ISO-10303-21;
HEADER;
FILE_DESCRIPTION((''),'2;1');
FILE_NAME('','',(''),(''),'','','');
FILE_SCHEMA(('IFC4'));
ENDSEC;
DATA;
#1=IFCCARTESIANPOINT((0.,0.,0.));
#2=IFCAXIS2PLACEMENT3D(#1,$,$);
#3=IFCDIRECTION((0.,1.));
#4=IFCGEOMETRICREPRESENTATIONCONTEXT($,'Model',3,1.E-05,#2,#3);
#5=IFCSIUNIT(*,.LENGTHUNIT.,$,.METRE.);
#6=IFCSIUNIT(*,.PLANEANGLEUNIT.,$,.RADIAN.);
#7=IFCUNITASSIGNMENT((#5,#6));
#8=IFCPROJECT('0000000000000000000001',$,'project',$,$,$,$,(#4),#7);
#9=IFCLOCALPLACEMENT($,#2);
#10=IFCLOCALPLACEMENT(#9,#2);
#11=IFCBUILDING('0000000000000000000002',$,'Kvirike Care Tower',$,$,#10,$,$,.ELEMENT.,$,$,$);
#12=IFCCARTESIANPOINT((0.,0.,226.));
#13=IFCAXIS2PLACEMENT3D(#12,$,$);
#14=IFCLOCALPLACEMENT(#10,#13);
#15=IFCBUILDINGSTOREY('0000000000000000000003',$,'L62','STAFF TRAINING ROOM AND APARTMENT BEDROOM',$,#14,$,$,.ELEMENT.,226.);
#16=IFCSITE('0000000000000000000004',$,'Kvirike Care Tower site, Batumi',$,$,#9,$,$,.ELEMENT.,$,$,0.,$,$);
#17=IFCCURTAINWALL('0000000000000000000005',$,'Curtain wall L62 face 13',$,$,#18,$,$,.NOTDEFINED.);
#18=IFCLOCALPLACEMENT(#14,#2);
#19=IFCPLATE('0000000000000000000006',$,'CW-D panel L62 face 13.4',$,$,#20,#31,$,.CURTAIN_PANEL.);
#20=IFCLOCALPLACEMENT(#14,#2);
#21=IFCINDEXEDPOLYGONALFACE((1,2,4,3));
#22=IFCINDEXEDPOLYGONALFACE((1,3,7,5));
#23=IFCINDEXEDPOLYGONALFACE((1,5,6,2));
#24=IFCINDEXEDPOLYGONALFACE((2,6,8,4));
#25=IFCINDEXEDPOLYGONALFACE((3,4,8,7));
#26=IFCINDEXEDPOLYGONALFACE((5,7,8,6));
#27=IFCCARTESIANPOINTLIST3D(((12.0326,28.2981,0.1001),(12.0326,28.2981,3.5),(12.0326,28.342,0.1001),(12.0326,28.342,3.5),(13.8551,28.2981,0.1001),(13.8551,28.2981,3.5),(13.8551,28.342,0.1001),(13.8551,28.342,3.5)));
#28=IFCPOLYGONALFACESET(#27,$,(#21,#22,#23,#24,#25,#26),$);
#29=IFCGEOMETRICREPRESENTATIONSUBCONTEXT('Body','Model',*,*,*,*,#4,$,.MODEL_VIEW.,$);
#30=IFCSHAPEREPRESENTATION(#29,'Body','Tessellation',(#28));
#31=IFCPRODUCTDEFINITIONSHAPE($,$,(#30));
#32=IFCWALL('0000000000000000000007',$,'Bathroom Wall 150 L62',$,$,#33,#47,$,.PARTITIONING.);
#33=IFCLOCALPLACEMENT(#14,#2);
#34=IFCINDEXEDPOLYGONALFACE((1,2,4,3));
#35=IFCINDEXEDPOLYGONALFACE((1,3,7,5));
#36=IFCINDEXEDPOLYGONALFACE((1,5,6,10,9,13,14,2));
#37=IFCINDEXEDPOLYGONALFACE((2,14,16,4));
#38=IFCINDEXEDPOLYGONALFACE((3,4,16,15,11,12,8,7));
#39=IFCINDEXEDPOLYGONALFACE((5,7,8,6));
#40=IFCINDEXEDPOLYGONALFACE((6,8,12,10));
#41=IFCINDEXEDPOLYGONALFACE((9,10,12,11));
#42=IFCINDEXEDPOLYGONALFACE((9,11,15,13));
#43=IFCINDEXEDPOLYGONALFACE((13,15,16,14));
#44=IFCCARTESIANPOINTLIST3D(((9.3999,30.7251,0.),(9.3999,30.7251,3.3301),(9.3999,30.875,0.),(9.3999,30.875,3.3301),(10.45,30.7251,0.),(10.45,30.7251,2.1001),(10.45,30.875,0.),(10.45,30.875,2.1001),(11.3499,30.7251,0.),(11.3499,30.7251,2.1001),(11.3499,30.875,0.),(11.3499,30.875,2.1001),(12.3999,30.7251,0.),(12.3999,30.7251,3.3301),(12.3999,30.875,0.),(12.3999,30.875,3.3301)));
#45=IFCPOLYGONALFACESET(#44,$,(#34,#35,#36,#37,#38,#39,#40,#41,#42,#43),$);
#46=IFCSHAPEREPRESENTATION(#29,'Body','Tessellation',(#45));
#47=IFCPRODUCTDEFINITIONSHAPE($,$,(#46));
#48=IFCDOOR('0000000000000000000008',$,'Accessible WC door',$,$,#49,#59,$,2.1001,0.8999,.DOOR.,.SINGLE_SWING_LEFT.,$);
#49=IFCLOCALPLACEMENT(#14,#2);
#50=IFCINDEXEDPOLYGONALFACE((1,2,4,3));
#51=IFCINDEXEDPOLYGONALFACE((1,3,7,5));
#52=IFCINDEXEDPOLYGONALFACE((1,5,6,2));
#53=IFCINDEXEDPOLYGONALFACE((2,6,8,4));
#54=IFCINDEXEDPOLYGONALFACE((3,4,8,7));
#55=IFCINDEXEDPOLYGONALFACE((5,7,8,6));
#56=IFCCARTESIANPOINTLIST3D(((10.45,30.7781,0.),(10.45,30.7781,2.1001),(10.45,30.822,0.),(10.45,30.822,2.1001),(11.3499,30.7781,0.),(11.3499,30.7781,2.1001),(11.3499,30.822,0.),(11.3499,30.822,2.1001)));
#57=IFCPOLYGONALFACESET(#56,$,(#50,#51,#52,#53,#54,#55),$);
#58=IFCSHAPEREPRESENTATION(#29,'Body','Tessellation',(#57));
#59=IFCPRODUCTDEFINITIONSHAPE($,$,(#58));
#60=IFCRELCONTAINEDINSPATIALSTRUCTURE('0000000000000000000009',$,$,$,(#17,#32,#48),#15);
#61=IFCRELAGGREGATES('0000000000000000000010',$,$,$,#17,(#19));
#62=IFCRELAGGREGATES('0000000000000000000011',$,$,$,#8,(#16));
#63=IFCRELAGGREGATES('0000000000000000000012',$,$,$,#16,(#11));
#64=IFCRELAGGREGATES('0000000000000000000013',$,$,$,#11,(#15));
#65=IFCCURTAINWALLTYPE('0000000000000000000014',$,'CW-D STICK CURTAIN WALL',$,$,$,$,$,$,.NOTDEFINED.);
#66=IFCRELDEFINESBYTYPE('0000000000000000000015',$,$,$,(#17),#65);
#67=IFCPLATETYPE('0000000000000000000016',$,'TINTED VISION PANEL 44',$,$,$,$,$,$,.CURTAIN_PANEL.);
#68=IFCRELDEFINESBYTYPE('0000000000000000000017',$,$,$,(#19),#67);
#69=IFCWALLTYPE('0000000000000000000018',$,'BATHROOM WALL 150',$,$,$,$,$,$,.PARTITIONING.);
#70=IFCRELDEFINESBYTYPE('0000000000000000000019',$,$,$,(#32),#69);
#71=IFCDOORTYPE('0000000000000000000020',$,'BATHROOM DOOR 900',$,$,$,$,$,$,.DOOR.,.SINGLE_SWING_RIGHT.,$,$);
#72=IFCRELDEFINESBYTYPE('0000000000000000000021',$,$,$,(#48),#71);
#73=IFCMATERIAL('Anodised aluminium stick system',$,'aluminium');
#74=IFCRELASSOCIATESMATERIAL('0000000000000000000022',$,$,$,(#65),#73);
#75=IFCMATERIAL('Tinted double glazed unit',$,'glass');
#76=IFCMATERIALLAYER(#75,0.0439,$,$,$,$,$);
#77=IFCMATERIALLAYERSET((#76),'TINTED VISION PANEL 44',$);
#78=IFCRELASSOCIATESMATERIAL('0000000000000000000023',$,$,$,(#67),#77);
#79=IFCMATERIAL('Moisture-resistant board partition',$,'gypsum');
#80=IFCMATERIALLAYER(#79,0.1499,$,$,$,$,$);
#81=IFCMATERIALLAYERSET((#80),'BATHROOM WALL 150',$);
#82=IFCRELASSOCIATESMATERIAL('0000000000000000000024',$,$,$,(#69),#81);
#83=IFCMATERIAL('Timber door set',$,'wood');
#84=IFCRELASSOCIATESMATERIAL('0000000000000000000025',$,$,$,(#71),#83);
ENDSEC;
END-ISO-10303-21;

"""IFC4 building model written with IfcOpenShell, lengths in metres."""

from ifc_helpers import new_model, si_unit, direction, frame, frame_2d, origin, origin_2d, place, context, subcontext, project, spatial, rectangle, extrude, material, layer, layer_set, type_object, element, fill, aggregate, save


model = new_model("IFC4")

# Units and contexts
model_context = context("Model", 3, precision=1e-05, world=origin(), true_north=direction((0.0, 1.0)))
body_context = subcontext(model_context, "Body", "Model", "MODEL_VIEW")
ifc_project = project(units=[si_unit("LENGTHUNIT", "METRE"), si_unit("PLANEANGLEUNIT", "RADIAN")], contexts=[model_context])

# Site, building, storey
site_placement = place(None, origin())
site = spatial("IfcSite", under=ifc_project, at=site_placement, Name="Kvirike Care Tower site, Batumi", CompositionType="ELEMENT", RefElevation=0.0)
building_placement = place(site_placement, origin())
building = spatial("IfcBuilding", under=site, at=building_placement, Name="Kvirike Care Tower", CompositionType="ELEMENT")
storey_placement = place(building_placement, frame((0.0, 0.0, 226.0)))
storey = spatial("IfcBuildingStorey", under=building, at=storey_placement, Name="L62", Description="STAFF TRAINING ROOM AND APARTMENT BEDROOM", CompositionType="ELEMENT", Elevation=226.0)

# Curtain wall
ifc_material_1 = material(Name="Anodised aluminium stick system", Category="aluminium")
curtain_wall_type = type_object("IfcCurtainWallType", Name="CW-D STICK CURTAIN WALL", PredefinedType="NOTDEFINED", material=ifc_material_1)
curtain_wall_1_placement = place(storey_placement, origin())
curtain_wall_1 = element("IfcCurtainWall", 1, at=curtain_wall_1_placement, inside=storey, type_object=curtain_wall_type, Name="Curtain wall L62 face 13", PredefinedType="NOTDEFINED")

# Plate
ifc_material_2 = material(Name="Tinted double glazed unit", Category="glass")
ifc_layer_1 = layer(ifc_material_2, 0.0439)
ifc_layer_set_1 = layer_set([ifc_layer_1], Name="TINTED VISION PANEL 44")
plate_type = type_object("IfcPlateType", Name="TINTED VISION PANEL 44", PredefinedType="CURTAIN_PANEL", material=ifc_layer_set_1)
plate_1_placement = place(storey_placement, frame((12.9438, 28.3201, 0.1001), z_axis=(0.0, 0.0, 1.0), x_axis=(1.0, 0.0, 0.0)))
plate_1 = element("IfcPlate", 2, at=plate_1_placement, type_object=plate_type, Name="CW-D panel L62 face 13.4", PredefinedType="CURTAIN_PANEL", context=body_context, shape_type="SweptSolid", body=[
    extrude(rectangle(XDim=1.8225, YDim=0.0439, at=origin_2d()), origin(), (0.0, 0.0, 1.0), 3.3999),
])
aggregate(curtain_wall_1, [plate_1])

# Wall, opening, door
ifc_material_3 = material(Name="Moisture-resistant board partition", Category="gypsum")
ifc_layer_2 = layer(ifc_material_3, 0.1499)
ifc_layer_set_2 = layer_set([ifc_layer_2], Name="BATHROOM WALL 150")
wall_type = type_object("IfcWallType", Name="BATHROOM WALL 150", PredefinedType="PARTITIONING", material=ifc_layer_set_2)
wall_placement = place(storey_placement, frame((9.3999, 30.8, 0.0), z_axis=(0.0, 0.0, 1.0), x_axis=(1.0, 0.0, 0.0)))
wall = element("IfcWall", 3, at=wall_placement, inside=storey, type_object=wall_type, Name="Bathroom Wall 150 L62", PredefinedType="PARTITIONING", context=body_context, shape_type="SweptSolid", body=[
    extrude(rectangle(XDim=3.0, YDim=0.1499, at=frame_2d((1.5, 0.0))), origin(), (0.0, 0.0, 1.0), 3.3301),
])
opening_placement = place(wall_placement, frame((1.05, 0.0, 0.0)))
opening = element("IfcOpeningElement", 4, at=opening_placement, cuts=wall, PredefinedType="OPENING", context=body_context, shape_type="SweptSolid", body=[
    extrude(rectangle(XDim=0.8999, YDim=2.1001, at=frame_2d((0.45, 1.05))), frame((0.0, 0.0854, 0.0), z_axis=(0.0, -1.0, 0.0), x_axis=(1.0, 0.0, 0.0)), (0.0, 0.0, 1.0), 0.1709),
])
ifc_material_4 = material(Name="Timber door set", Category="wood")
door_type = type_object("IfcDoorType", Name="BATHROOM DOOR 900", OperationType="SINGLE_SWING_RIGHT", PredefinedType="DOOR", material=ifc_material_4)
door_placement = place(opening_placement, frame((0.8999, 0.0, 0.0), z_axis=(0.0, 0.0, 1.0), x_axis=(-1.0, 0.0, 0.0)))
door = element("IfcDoor", 5, at=door_placement, inside=storey, type_object=door_type, Name="Accessible WC door", OperationType="SINGLE_SWING_LEFT", OverallHeight=2.1001, OverallWidth=0.8999, PredefinedType="DOOR", context=body_context, shape_type="SweptSolid", body=[
    extrude(rectangle(XDim=0.8999, YDim=2.1001, at=frame_2d((0.45, 1.05))), frame((0.0, 0.022, 0.0), z_axis=(0.0, -1.0, 0.0), x_axis=(1.0, 0.0, 0.0)), (0.0, 0.0, 1.0), 0.0439),
])
fill(opening, door)

save(model, "model.ifc")
